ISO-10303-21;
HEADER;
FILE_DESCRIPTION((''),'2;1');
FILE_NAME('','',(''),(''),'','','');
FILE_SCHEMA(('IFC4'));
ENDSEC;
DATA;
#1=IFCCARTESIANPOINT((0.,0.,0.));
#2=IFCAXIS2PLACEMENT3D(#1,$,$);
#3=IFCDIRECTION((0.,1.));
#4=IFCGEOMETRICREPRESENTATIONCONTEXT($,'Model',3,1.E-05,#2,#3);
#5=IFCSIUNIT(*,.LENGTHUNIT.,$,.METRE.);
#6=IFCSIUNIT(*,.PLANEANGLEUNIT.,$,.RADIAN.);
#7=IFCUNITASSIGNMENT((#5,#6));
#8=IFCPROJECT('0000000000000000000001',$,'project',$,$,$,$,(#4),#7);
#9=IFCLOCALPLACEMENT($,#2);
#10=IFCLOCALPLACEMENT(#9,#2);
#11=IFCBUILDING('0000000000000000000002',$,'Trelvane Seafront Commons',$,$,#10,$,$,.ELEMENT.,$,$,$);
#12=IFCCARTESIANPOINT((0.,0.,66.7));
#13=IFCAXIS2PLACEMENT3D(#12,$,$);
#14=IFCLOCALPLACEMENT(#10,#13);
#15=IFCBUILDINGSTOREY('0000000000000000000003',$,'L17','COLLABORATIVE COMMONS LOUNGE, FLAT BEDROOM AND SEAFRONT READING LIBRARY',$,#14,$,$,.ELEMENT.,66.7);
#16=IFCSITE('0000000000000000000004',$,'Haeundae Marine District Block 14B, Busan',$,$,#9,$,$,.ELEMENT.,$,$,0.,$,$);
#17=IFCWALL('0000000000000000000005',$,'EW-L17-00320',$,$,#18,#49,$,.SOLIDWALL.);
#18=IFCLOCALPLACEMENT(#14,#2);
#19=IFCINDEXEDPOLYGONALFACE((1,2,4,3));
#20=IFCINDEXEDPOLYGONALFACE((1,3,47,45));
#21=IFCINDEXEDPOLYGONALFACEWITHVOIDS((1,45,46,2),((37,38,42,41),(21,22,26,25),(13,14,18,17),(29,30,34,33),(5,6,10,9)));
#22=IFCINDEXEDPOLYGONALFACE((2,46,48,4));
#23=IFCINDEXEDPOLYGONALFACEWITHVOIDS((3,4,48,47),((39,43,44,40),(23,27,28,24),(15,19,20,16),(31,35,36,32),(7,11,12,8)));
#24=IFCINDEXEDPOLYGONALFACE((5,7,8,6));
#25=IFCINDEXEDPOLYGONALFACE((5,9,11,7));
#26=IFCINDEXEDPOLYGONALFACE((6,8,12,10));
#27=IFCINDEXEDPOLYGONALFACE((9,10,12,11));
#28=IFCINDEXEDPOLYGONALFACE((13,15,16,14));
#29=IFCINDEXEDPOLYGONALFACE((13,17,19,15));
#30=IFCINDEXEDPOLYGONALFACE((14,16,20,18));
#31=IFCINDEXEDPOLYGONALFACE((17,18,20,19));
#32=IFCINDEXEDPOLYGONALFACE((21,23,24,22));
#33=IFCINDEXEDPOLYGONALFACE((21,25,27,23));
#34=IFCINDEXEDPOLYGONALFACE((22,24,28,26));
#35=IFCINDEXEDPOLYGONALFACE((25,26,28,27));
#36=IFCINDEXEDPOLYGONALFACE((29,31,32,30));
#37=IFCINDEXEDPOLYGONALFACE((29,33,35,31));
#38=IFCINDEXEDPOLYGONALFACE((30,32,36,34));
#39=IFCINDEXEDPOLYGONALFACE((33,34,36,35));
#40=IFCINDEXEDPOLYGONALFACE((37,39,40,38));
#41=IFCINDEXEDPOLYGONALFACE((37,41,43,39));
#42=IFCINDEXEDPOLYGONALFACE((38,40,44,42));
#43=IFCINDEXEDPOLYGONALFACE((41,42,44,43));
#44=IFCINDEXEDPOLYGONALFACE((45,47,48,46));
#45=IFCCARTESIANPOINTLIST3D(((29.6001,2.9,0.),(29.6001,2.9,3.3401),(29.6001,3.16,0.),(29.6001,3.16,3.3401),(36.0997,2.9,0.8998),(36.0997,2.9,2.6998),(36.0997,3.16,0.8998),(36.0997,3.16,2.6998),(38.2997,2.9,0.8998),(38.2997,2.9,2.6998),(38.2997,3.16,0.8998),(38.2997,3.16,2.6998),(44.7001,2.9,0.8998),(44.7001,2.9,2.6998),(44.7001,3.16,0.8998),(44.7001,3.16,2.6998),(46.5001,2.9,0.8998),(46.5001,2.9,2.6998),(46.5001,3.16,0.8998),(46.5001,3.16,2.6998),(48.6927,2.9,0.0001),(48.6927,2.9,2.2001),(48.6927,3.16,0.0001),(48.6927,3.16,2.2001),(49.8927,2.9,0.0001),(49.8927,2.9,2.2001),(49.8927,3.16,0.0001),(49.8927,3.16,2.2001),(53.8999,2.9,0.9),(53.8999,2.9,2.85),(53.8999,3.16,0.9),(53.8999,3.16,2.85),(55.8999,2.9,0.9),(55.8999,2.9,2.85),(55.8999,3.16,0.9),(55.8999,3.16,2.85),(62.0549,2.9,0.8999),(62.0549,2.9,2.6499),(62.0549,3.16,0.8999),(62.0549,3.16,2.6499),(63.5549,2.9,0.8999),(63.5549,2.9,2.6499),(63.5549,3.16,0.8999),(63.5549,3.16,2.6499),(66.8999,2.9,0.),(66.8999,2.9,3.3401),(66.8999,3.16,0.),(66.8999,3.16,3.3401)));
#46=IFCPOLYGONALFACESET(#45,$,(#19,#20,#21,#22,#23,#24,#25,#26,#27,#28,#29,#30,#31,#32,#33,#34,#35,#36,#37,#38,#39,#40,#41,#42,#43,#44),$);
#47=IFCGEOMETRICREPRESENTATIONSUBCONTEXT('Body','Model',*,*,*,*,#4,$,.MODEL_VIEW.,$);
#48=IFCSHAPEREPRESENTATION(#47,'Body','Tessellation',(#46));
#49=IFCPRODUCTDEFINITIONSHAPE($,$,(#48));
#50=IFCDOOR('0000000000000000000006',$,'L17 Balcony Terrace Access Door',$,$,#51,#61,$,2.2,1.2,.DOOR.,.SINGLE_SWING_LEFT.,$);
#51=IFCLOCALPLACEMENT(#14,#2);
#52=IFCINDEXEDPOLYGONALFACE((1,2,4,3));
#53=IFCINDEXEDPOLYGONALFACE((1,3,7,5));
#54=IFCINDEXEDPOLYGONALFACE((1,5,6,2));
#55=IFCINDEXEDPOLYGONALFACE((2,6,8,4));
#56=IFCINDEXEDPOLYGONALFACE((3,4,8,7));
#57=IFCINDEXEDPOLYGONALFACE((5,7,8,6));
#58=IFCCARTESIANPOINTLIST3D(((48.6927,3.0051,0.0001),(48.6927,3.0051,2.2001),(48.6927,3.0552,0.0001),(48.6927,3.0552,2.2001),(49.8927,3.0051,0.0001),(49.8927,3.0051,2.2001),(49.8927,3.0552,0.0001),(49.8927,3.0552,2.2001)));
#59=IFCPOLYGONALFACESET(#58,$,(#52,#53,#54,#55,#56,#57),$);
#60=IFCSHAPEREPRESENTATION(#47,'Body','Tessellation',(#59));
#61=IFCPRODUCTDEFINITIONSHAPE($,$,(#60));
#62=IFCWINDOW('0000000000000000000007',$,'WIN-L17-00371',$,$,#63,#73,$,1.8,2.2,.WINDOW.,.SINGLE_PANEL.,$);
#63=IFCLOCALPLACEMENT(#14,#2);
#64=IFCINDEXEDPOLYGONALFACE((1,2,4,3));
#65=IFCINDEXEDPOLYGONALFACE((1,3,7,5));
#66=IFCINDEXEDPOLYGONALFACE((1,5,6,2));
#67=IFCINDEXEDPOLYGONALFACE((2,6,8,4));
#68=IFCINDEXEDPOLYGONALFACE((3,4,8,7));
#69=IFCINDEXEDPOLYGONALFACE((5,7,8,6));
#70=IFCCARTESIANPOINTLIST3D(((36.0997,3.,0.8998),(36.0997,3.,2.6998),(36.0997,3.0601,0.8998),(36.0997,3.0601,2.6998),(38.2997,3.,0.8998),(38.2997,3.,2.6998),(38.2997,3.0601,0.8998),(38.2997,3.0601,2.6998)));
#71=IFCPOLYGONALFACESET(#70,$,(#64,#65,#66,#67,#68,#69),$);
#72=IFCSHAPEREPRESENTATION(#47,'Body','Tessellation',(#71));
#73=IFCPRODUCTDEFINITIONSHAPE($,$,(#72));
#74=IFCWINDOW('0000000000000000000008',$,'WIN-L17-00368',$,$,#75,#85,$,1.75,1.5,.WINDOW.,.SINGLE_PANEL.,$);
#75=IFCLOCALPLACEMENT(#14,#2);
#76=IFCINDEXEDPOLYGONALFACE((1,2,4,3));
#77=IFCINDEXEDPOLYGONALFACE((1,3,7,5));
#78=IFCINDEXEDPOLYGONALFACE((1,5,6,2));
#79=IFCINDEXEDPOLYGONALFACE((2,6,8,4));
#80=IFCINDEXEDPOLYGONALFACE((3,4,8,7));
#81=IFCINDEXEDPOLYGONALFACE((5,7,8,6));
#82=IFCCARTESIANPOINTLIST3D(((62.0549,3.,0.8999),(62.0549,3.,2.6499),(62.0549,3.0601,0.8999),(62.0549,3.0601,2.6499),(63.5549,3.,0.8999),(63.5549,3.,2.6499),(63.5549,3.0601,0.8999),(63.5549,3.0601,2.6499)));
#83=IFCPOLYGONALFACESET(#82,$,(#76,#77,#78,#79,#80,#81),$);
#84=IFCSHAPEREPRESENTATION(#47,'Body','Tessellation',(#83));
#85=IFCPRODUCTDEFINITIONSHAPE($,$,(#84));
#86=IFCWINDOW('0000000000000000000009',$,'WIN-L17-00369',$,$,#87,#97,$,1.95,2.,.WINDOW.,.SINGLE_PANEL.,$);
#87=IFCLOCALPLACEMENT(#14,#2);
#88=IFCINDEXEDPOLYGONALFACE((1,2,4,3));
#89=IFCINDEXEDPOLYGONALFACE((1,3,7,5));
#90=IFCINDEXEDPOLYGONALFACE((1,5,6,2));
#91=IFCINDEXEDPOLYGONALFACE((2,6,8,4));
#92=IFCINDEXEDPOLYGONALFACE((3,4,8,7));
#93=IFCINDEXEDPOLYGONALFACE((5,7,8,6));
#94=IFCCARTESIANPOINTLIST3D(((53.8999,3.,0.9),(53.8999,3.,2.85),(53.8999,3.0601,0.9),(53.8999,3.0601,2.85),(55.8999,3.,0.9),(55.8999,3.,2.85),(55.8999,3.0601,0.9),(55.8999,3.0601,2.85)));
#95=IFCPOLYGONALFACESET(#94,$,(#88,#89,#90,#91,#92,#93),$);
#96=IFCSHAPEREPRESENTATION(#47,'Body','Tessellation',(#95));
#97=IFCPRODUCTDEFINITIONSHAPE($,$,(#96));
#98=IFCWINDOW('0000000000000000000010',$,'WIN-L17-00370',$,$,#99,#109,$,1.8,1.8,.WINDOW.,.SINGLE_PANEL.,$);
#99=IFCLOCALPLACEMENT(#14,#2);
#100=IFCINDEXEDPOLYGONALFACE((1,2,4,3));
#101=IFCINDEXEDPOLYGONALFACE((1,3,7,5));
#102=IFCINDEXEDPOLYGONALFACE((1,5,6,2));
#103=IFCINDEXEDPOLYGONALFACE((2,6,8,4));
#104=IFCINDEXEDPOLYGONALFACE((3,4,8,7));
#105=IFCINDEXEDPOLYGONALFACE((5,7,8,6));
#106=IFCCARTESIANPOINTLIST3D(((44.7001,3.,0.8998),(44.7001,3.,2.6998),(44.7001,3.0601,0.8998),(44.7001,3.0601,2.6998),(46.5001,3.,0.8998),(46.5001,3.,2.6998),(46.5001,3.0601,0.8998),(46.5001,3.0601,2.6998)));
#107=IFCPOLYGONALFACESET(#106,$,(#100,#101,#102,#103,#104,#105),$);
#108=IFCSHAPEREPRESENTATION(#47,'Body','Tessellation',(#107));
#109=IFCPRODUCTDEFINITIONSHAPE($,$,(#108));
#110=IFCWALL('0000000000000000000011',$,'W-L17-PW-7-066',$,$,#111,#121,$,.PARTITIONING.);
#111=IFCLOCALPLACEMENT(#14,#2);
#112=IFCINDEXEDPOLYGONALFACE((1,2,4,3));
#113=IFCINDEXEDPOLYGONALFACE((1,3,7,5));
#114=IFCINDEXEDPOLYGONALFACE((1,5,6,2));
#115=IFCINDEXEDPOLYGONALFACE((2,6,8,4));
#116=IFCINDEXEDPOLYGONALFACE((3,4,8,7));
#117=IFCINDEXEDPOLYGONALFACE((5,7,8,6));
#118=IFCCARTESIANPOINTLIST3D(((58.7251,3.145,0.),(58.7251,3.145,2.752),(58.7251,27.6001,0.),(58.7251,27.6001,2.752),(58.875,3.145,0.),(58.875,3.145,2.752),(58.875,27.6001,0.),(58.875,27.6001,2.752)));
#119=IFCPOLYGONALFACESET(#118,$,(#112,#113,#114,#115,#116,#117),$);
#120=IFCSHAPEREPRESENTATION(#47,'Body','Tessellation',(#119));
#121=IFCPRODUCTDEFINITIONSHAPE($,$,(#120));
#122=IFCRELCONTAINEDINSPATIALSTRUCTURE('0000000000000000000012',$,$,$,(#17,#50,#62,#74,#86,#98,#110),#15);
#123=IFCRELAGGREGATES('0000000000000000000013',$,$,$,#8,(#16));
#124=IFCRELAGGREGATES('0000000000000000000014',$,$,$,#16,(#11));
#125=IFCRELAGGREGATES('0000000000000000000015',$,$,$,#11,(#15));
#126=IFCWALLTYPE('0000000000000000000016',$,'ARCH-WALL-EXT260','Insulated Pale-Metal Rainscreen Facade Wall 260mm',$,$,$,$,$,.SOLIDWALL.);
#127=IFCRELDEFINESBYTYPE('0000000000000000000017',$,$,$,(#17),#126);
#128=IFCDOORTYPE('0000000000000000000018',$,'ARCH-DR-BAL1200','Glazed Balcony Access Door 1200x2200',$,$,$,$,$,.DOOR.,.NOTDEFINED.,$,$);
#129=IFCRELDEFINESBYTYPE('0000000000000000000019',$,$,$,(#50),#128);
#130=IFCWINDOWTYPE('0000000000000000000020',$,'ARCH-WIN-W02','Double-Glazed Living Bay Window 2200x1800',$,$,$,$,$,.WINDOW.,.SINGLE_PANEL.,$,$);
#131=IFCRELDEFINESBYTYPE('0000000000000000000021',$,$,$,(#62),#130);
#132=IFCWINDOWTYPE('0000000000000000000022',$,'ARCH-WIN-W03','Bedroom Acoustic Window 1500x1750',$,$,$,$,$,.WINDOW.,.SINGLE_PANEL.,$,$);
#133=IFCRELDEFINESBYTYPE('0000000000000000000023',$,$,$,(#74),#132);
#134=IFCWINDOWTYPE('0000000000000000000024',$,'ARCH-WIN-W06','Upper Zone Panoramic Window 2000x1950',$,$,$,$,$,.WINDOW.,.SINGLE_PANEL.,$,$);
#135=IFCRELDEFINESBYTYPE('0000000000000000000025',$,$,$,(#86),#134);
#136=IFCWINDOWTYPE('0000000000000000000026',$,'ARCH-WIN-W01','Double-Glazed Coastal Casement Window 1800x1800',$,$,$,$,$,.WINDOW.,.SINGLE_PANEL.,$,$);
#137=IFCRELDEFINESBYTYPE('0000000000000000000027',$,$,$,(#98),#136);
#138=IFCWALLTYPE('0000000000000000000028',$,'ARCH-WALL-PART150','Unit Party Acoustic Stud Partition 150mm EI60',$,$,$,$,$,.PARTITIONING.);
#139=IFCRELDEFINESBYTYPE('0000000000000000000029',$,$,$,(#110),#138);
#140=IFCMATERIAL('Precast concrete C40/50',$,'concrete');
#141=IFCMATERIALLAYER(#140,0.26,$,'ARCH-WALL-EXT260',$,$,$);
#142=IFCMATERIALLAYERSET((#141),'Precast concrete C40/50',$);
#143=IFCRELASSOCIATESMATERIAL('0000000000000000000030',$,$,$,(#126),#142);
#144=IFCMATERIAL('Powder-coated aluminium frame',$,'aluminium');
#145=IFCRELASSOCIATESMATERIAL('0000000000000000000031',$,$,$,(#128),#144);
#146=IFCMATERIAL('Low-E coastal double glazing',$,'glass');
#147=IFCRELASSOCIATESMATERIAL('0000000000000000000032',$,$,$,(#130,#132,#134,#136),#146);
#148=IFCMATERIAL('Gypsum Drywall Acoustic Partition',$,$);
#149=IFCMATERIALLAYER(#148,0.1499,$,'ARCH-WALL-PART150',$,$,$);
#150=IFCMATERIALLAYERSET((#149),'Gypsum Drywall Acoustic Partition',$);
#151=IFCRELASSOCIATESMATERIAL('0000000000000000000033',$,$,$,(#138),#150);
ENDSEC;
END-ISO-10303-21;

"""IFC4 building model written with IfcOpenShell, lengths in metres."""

from ifc_helpers import new_model, si_unit, direction, frame, frame_2d, origin, place, context, subcontext, project, spatial, rectangle, extrude, source, transform, mapped, material, layer, layer_set, type_object, element, fill, save


model = new_model("IFC4")

# Units and contexts
model_context = context("Model", 3, precision=1e-05, world=origin(), true_north=direction((0.0, 1.0)))
body_context = subcontext(model_context, "Body", "Model", "MODEL_VIEW")
ifc_project = project(units=[si_unit("LENGTHUNIT", "METRE"), si_unit("PLANEANGLEUNIT", "RADIAN")], contexts=[model_context])

# Site, building, storey
site_placement = place(None, origin())
site = spatial("IfcSite", under=ifc_project, at=site_placement, Name="Haeundae Marine District Block 14B, Busan", CompositionType="ELEMENT", RefElevation=0.0)
building_placement = place(site_placement, origin())
building = spatial("IfcBuilding", under=site, at=building_placement, Name="Trelvane Seafront Commons", CompositionType="ELEMENT")
storey_placement = place(building_placement, frame((0.0, 0.0, 66.7)))
storey = spatial("IfcBuildingStorey", under=building, at=storey_placement, Name="L17", Description="COLLABORATIVE COMMONS LOUNGE, FLAT BEDROOM AND SEAFRONT READING LIBRARY", CompositionType="ELEMENT", Elevation=66.7)

# Shared definitions
ifc_material_1 = material(Name="Precast concrete C40/50", Category="concrete")
ifc_layer_1 = layer(ifc_material_1, 0.26, Name="ARCH-WALL-EXT260")
ifc_layer_set_1 = layer_set([ifc_layer_1], Name="Precast concrete C40/50")
wall_type_1 = type_object("IfcWallType", Name="ARCH-WALL-EXT260", Description="Insulated Pale-Metal Rainscreen Facade Wall 260mm", PredefinedType="SOLIDWALL", material=ifc_layer_set_1)

# Wall, openings, door, windows
wall_1_placement = place(storey_placement, frame((66.8999, 3.03, 0.0), z_axis=(0.0, 0.0, 1.0), x_axis=(-1.0, 0.0, 0.0)))
wall_1 = element("IfcWall", 1, at=wall_1_placement, inside=storey, type_object=wall_type_1, Name="EW-L17-00320", PredefinedType="SOLIDWALL", context=body_context, shape_type="SweptSolid", body=[
    extrude(rectangle(XDim=37.2998, YDim=0.26, at=frame_2d((18.6499, 0.0))), origin(), (0.0, 0.0, 1.0), 3.3401),
])
opening_1_placement = place(wall_1_placement, frame((3.345, 0.0, 0.8999)))
opening_1 = element("IfcOpeningElement", 2, at=opening_1_placement, cuts=wall_1, PredefinedType="OPENING", context=body_context, shape_type="SweptSolid", body=[
    extrude(rectangle(XDim=1.5, YDim=1.75, at=frame_2d((0.75, 0.875))), frame((0.0, 0.1399, 0.0), z_axis=(0.0, -1.0, 0.0), x_axis=(1.0, 0.0, 0.0)), (0.0, 0.0, 1.0), 0.28),
])
opening_2_placement = place(wall_1_placement, frame((11.0, 0.0, 0.8999)))
opening_2 = element("IfcOpeningElement", 3, at=opening_2_placement, cuts=wall_1, PredefinedType="OPENING", context=body_context, shape_type="SweptSolid", body=[
    extrude(rectangle(XDim=2.0, YDim=1.95, at=frame_2d((1.0, 0.9751))), frame((0.0, 0.1399, 0.0), z_axis=(0.0, -1.0, 0.0), x_axis=(1.0, 0.0, 0.0)), (0.0, 0.0, 1.0), 0.28),
])
opening_3_placement = place(wall_1_placement, frame((17.0071, 0.0, 0.0)))
opening_3 = element("IfcOpeningElement", 4, at=opening_3_placement, cuts=wall_1, PredefinedType="OPENING", context=body_context, shape_type="SweptSolid", body=[
    extrude(rectangle(XDim=1.2, YDim=2.2, at=frame_2d((0.6001, 1.1001))), frame((0.0, 0.1399, 0.0), z_axis=(0.0, -1.0, 0.0), x_axis=(1.0, 0.0, 0.0)), (0.0, 0.0, 1.0), 0.28),
])
opening_4_placement = place(wall_1_placement, frame((20.3999, 0.0, 0.8999)))
opening_4 = element("IfcOpeningElement", 5, at=opening_4_placement, cuts=wall_1, PredefinedType="OPENING", context=body_context, shape_type="SweptSolid", body=[
    extrude(rectangle(XDim=1.8, YDim=1.8, at=frame_2d((0.8999, 0.8999))), frame((0.0, 0.1399, 0.0), z_axis=(0.0, -1.0, 0.0), x_axis=(1.0, 0.0, 0.0)), (0.0, 0.0, 1.0), 0.28),
])
opening_5_placement = place(wall_1_placement, frame((28.6001, 0.0, 0.8999)))
opening_5 = element("IfcOpeningElement", 6, at=opening_5_placement, cuts=wall_1, PredefinedType="OPENING", context=body_context, shape_type="SweptSolid", body=[
    extrude(rectangle(XDim=2.2, YDim=1.8, at=frame_2d((1.1001, 0.8999))), frame((0.0, 0.1399, 0.0), z_axis=(0.0, -1.0, 0.0), x_axis=(1.0, 0.0, 0.0)), (0.0, 0.0, 1.0), 0.28),
])
ifc_material_2 = material(Name="Powder-coated aluminium frame", Category="aluminium")
door_type = type_object("IfcDoorType", Name="ARCH-DR-BAL1200", Description="Glazed Balcony Access Door 1200x2200", OperationType="NOTDEFINED", PredefinedType="DOOR", material=ifc_material_2)
shared_shape_1 = source(origin(), body_context, "Body", "SweptSolid", [
    extrude(rectangle(XDim=1.2, YDim=2.2, at=frame_2d((0.6001, 1.1001))), frame((0.0, 0.0249, 0.0), z_axis=(0.0, -1.0, 0.0), x_axis=(1.0, 0.0, 0.0)), (0.0, 0.0, 1.0), 0.05),
])
door_placement = place(opening_3_placement, origin())
door = element("IfcDoor", 7, at=door_placement, inside=storey, type_object=door_type, Name="L17 Balcony Terrace Access Door", OperationType="SINGLE_SWING_LEFT", OverallHeight=2.2, OverallWidth=1.2, PredefinedType="DOOR", context=body_context, shape_type="MappedRepresentation", body=[
    mapped(shared_shape_1, transform((0.0, 0.0, 0.0), x_axis=(1.0, 0.0, 0.0), y_axis=(0.0, 1.0, 0.0), z_axis=(0.0, 0.0, 1.0), scale=1.0)),
])
fill(opening_3, door)
ifc_material_3 = material(Name="Low-E coastal double glazing", Category="glass")
window_type_1 = type_object("IfcWindowType", Name="ARCH-WIN-W02", Description="Double-Glazed Living Bay Window 2200x1800", PartitioningType="SINGLE_PANEL", PredefinedType="WINDOW", material=ifc_material_3)
shared_shape_2 = source(origin(), body_context, "Body", "SweptSolid", [
    extrude(rectangle(XDim=2.2, YDim=1.8, at=frame_2d((1.1001, 0.8999))), frame((0.0, 0.03, 0.0), z_axis=(0.0, -1.0, 0.0), x_axis=(1.0, 0.0, 0.0)), (0.0, 0.0, 1.0), 0.0601),
])
window_1_placement = place(opening_5_placement, origin())
window_1 = element("IfcWindow", 8, at=window_1_placement, inside=storey, type_object=window_type_1, Name="WIN-L17-00371", OverallHeight=1.8, OverallWidth=2.2, PartitioningType="SINGLE_PANEL", PredefinedType="WINDOW", context=body_context, shape_type="MappedRepresentation", body=[
    mapped(shared_shape_2, transform((0.0, 0.0, 0.0), x_axis=(1.0, 0.0, 0.0), y_axis=(0.0, 1.0, 0.0), z_axis=(0.0, 0.0, 1.0), scale=1.0)),
])
fill(opening_5, window_1)
window_type_2 = type_object("IfcWindowType", Name="ARCH-WIN-W03", Description="Bedroom Acoustic Window 1500x1750", PartitioningType="SINGLE_PANEL", PredefinedType="WINDOW", material=ifc_material_3)
shared_shape_3 = source(origin(), body_context, "Body", "SweptSolid", [
    extrude(rectangle(XDim=1.5, YDim=1.75, at=frame_2d((0.75, 0.875))), frame((0.0, 0.03, 0.0), z_axis=(0.0, -1.0, 0.0), x_axis=(1.0, 0.0, 0.0)), (0.0, 0.0, 1.0), 0.0601),
])
window_2_placement = place(opening_1_placement, origin())
window_2 = element("IfcWindow", 9, at=window_2_placement, inside=storey, type_object=window_type_2, Name="WIN-L17-00368", OverallHeight=1.75, OverallWidth=1.5, PartitioningType="SINGLE_PANEL", PredefinedType="WINDOW", context=body_context, shape_type="MappedRepresentation", body=[
    mapped(shared_shape_3, transform((0.0, 0.0, 0.0), x_axis=(1.0, 0.0, 0.0), y_axis=(0.0, 1.0, 0.0), z_axis=(0.0, 0.0, 1.0), scale=1.0)),
])
fill(opening_1, window_2)
window_type_3 = type_object("IfcWindowType", Name="ARCH-WIN-W06", Description="Upper Zone Panoramic Window 2000x1950", PartitioningType="SINGLE_PANEL", PredefinedType="WINDOW", material=ifc_material_3)
shared_shape_4 = source(origin(), body_context, "Body", "SweptSolid", [
    extrude(rectangle(XDim=2.0, YDim=1.95, at=frame_2d((1.0, 0.9751))), frame((0.0, 0.03, 0.0), z_axis=(0.0, -1.0, 0.0), x_axis=(1.0, 0.0, 0.0)), (0.0, 0.0, 1.0), 0.0601),
])
window_3_placement = place(opening_2_placement, origin())
window_3 = element("IfcWindow", 10, at=window_3_placement, inside=storey, type_object=window_type_3, Name="WIN-L17-00369", OverallHeight=1.95, OverallWidth=2.0, PartitioningType="SINGLE_PANEL", PredefinedType="WINDOW", context=body_context, shape_type="MappedRepresentation", body=[
    mapped(shared_shape_4, transform((0.0, 0.0, 0.0), x_axis=(1.0, 0.0, 0.0), y_axis=(0.0, 1.0, 0.0), z_axis=(0.0, 0.0, 1.0), scale=1.0)),
])
fill(opening_2, window_3)
window_type_4 = type_object("IfcWindowType", Name="ARCH-WIN-W01", Description="Double-Glazed Coastal Casement Window 1800x1800", PartitioningType="SINGLE_PANEL", PredefinedType="WINDOW", material=ifc_material_3)
shared_shape_5 = source(origin(), body_context, "Body", "SweptSolid", [
    extrude(rectangle(XDim=1.8, YDim=1.8, at=frame_2d((0.8999, 0.8999))), frame((0.0, 0.03, 0.0), z_axis=(0.0, -1.0, 0.0), x_axis=(1.0, 0.0, 0.0)), (0.0, 0.0, 1.0), 0.0601),
])
window_4_placement = place(opening_4_placement, origin())
window_4 = element("IfcWindow", 11, at=window_4_placement, inside=storey, type_object=window_type_4, Name="WIN-L17-00370", OverallHeight=1.8, OverallWidth=1.8, PartitioningType="SINGLE_PANEL", PredefinedType="WINDOW", context=body_context, shape_type="MappedRepresentation", body=[
    mapped(shared_shape_5, transform((0.0, 0.0, 0.0), x_axis=(1.0, 0.0, 0.0), y_axis=(0.0, 1.0, 0.0), z_axis=(0.0, 0.0, 1.0), scale=1.0)),
])
fill(opening_4, window_4)

# Wall
ifc_material_4 = material(Name="Gypsum Drywall Acoustic Partition")
ifc_layer_2 = layer(ifc_material_4, 0.1499, Name="ARCH-WALL-PART150")
ifc_layer_set_2 = layer_set([ifc_layer_2], Name="Gypsum Drywall Acoustic Partition")
wall_type_2 = type_object("IfcWallType", Name="ARCH-WALL-PART150", Description="Unit Party Acoustic Stud Partition 150mm EI60", PredefinedType="PARTITIONING", material=ifc_layer_set_2)
wall_2_placement = place(storey_placement, frame((58.8, 3.145, 0.0), z_axis=(0.0, 0.0, 1.0), x_axis=(0.0, 1.0, 0.0)))
element("IfcWall", 12, at=wall_2_placement, inside=storey, type_object=wall_type_2, Name="W-L17-PW-7-066", PredefinedType="PARTITIONING", context=body_context, shape_type="SweptSolid", body=[
    extrude(rectangle(XDim=24.4551, YDim=0.1499, at=frame_2d((12.2275, 0.0))), origin(), (0.0, 0.0, 1.0), 2.752),
])

save(model, "model.ifc")
